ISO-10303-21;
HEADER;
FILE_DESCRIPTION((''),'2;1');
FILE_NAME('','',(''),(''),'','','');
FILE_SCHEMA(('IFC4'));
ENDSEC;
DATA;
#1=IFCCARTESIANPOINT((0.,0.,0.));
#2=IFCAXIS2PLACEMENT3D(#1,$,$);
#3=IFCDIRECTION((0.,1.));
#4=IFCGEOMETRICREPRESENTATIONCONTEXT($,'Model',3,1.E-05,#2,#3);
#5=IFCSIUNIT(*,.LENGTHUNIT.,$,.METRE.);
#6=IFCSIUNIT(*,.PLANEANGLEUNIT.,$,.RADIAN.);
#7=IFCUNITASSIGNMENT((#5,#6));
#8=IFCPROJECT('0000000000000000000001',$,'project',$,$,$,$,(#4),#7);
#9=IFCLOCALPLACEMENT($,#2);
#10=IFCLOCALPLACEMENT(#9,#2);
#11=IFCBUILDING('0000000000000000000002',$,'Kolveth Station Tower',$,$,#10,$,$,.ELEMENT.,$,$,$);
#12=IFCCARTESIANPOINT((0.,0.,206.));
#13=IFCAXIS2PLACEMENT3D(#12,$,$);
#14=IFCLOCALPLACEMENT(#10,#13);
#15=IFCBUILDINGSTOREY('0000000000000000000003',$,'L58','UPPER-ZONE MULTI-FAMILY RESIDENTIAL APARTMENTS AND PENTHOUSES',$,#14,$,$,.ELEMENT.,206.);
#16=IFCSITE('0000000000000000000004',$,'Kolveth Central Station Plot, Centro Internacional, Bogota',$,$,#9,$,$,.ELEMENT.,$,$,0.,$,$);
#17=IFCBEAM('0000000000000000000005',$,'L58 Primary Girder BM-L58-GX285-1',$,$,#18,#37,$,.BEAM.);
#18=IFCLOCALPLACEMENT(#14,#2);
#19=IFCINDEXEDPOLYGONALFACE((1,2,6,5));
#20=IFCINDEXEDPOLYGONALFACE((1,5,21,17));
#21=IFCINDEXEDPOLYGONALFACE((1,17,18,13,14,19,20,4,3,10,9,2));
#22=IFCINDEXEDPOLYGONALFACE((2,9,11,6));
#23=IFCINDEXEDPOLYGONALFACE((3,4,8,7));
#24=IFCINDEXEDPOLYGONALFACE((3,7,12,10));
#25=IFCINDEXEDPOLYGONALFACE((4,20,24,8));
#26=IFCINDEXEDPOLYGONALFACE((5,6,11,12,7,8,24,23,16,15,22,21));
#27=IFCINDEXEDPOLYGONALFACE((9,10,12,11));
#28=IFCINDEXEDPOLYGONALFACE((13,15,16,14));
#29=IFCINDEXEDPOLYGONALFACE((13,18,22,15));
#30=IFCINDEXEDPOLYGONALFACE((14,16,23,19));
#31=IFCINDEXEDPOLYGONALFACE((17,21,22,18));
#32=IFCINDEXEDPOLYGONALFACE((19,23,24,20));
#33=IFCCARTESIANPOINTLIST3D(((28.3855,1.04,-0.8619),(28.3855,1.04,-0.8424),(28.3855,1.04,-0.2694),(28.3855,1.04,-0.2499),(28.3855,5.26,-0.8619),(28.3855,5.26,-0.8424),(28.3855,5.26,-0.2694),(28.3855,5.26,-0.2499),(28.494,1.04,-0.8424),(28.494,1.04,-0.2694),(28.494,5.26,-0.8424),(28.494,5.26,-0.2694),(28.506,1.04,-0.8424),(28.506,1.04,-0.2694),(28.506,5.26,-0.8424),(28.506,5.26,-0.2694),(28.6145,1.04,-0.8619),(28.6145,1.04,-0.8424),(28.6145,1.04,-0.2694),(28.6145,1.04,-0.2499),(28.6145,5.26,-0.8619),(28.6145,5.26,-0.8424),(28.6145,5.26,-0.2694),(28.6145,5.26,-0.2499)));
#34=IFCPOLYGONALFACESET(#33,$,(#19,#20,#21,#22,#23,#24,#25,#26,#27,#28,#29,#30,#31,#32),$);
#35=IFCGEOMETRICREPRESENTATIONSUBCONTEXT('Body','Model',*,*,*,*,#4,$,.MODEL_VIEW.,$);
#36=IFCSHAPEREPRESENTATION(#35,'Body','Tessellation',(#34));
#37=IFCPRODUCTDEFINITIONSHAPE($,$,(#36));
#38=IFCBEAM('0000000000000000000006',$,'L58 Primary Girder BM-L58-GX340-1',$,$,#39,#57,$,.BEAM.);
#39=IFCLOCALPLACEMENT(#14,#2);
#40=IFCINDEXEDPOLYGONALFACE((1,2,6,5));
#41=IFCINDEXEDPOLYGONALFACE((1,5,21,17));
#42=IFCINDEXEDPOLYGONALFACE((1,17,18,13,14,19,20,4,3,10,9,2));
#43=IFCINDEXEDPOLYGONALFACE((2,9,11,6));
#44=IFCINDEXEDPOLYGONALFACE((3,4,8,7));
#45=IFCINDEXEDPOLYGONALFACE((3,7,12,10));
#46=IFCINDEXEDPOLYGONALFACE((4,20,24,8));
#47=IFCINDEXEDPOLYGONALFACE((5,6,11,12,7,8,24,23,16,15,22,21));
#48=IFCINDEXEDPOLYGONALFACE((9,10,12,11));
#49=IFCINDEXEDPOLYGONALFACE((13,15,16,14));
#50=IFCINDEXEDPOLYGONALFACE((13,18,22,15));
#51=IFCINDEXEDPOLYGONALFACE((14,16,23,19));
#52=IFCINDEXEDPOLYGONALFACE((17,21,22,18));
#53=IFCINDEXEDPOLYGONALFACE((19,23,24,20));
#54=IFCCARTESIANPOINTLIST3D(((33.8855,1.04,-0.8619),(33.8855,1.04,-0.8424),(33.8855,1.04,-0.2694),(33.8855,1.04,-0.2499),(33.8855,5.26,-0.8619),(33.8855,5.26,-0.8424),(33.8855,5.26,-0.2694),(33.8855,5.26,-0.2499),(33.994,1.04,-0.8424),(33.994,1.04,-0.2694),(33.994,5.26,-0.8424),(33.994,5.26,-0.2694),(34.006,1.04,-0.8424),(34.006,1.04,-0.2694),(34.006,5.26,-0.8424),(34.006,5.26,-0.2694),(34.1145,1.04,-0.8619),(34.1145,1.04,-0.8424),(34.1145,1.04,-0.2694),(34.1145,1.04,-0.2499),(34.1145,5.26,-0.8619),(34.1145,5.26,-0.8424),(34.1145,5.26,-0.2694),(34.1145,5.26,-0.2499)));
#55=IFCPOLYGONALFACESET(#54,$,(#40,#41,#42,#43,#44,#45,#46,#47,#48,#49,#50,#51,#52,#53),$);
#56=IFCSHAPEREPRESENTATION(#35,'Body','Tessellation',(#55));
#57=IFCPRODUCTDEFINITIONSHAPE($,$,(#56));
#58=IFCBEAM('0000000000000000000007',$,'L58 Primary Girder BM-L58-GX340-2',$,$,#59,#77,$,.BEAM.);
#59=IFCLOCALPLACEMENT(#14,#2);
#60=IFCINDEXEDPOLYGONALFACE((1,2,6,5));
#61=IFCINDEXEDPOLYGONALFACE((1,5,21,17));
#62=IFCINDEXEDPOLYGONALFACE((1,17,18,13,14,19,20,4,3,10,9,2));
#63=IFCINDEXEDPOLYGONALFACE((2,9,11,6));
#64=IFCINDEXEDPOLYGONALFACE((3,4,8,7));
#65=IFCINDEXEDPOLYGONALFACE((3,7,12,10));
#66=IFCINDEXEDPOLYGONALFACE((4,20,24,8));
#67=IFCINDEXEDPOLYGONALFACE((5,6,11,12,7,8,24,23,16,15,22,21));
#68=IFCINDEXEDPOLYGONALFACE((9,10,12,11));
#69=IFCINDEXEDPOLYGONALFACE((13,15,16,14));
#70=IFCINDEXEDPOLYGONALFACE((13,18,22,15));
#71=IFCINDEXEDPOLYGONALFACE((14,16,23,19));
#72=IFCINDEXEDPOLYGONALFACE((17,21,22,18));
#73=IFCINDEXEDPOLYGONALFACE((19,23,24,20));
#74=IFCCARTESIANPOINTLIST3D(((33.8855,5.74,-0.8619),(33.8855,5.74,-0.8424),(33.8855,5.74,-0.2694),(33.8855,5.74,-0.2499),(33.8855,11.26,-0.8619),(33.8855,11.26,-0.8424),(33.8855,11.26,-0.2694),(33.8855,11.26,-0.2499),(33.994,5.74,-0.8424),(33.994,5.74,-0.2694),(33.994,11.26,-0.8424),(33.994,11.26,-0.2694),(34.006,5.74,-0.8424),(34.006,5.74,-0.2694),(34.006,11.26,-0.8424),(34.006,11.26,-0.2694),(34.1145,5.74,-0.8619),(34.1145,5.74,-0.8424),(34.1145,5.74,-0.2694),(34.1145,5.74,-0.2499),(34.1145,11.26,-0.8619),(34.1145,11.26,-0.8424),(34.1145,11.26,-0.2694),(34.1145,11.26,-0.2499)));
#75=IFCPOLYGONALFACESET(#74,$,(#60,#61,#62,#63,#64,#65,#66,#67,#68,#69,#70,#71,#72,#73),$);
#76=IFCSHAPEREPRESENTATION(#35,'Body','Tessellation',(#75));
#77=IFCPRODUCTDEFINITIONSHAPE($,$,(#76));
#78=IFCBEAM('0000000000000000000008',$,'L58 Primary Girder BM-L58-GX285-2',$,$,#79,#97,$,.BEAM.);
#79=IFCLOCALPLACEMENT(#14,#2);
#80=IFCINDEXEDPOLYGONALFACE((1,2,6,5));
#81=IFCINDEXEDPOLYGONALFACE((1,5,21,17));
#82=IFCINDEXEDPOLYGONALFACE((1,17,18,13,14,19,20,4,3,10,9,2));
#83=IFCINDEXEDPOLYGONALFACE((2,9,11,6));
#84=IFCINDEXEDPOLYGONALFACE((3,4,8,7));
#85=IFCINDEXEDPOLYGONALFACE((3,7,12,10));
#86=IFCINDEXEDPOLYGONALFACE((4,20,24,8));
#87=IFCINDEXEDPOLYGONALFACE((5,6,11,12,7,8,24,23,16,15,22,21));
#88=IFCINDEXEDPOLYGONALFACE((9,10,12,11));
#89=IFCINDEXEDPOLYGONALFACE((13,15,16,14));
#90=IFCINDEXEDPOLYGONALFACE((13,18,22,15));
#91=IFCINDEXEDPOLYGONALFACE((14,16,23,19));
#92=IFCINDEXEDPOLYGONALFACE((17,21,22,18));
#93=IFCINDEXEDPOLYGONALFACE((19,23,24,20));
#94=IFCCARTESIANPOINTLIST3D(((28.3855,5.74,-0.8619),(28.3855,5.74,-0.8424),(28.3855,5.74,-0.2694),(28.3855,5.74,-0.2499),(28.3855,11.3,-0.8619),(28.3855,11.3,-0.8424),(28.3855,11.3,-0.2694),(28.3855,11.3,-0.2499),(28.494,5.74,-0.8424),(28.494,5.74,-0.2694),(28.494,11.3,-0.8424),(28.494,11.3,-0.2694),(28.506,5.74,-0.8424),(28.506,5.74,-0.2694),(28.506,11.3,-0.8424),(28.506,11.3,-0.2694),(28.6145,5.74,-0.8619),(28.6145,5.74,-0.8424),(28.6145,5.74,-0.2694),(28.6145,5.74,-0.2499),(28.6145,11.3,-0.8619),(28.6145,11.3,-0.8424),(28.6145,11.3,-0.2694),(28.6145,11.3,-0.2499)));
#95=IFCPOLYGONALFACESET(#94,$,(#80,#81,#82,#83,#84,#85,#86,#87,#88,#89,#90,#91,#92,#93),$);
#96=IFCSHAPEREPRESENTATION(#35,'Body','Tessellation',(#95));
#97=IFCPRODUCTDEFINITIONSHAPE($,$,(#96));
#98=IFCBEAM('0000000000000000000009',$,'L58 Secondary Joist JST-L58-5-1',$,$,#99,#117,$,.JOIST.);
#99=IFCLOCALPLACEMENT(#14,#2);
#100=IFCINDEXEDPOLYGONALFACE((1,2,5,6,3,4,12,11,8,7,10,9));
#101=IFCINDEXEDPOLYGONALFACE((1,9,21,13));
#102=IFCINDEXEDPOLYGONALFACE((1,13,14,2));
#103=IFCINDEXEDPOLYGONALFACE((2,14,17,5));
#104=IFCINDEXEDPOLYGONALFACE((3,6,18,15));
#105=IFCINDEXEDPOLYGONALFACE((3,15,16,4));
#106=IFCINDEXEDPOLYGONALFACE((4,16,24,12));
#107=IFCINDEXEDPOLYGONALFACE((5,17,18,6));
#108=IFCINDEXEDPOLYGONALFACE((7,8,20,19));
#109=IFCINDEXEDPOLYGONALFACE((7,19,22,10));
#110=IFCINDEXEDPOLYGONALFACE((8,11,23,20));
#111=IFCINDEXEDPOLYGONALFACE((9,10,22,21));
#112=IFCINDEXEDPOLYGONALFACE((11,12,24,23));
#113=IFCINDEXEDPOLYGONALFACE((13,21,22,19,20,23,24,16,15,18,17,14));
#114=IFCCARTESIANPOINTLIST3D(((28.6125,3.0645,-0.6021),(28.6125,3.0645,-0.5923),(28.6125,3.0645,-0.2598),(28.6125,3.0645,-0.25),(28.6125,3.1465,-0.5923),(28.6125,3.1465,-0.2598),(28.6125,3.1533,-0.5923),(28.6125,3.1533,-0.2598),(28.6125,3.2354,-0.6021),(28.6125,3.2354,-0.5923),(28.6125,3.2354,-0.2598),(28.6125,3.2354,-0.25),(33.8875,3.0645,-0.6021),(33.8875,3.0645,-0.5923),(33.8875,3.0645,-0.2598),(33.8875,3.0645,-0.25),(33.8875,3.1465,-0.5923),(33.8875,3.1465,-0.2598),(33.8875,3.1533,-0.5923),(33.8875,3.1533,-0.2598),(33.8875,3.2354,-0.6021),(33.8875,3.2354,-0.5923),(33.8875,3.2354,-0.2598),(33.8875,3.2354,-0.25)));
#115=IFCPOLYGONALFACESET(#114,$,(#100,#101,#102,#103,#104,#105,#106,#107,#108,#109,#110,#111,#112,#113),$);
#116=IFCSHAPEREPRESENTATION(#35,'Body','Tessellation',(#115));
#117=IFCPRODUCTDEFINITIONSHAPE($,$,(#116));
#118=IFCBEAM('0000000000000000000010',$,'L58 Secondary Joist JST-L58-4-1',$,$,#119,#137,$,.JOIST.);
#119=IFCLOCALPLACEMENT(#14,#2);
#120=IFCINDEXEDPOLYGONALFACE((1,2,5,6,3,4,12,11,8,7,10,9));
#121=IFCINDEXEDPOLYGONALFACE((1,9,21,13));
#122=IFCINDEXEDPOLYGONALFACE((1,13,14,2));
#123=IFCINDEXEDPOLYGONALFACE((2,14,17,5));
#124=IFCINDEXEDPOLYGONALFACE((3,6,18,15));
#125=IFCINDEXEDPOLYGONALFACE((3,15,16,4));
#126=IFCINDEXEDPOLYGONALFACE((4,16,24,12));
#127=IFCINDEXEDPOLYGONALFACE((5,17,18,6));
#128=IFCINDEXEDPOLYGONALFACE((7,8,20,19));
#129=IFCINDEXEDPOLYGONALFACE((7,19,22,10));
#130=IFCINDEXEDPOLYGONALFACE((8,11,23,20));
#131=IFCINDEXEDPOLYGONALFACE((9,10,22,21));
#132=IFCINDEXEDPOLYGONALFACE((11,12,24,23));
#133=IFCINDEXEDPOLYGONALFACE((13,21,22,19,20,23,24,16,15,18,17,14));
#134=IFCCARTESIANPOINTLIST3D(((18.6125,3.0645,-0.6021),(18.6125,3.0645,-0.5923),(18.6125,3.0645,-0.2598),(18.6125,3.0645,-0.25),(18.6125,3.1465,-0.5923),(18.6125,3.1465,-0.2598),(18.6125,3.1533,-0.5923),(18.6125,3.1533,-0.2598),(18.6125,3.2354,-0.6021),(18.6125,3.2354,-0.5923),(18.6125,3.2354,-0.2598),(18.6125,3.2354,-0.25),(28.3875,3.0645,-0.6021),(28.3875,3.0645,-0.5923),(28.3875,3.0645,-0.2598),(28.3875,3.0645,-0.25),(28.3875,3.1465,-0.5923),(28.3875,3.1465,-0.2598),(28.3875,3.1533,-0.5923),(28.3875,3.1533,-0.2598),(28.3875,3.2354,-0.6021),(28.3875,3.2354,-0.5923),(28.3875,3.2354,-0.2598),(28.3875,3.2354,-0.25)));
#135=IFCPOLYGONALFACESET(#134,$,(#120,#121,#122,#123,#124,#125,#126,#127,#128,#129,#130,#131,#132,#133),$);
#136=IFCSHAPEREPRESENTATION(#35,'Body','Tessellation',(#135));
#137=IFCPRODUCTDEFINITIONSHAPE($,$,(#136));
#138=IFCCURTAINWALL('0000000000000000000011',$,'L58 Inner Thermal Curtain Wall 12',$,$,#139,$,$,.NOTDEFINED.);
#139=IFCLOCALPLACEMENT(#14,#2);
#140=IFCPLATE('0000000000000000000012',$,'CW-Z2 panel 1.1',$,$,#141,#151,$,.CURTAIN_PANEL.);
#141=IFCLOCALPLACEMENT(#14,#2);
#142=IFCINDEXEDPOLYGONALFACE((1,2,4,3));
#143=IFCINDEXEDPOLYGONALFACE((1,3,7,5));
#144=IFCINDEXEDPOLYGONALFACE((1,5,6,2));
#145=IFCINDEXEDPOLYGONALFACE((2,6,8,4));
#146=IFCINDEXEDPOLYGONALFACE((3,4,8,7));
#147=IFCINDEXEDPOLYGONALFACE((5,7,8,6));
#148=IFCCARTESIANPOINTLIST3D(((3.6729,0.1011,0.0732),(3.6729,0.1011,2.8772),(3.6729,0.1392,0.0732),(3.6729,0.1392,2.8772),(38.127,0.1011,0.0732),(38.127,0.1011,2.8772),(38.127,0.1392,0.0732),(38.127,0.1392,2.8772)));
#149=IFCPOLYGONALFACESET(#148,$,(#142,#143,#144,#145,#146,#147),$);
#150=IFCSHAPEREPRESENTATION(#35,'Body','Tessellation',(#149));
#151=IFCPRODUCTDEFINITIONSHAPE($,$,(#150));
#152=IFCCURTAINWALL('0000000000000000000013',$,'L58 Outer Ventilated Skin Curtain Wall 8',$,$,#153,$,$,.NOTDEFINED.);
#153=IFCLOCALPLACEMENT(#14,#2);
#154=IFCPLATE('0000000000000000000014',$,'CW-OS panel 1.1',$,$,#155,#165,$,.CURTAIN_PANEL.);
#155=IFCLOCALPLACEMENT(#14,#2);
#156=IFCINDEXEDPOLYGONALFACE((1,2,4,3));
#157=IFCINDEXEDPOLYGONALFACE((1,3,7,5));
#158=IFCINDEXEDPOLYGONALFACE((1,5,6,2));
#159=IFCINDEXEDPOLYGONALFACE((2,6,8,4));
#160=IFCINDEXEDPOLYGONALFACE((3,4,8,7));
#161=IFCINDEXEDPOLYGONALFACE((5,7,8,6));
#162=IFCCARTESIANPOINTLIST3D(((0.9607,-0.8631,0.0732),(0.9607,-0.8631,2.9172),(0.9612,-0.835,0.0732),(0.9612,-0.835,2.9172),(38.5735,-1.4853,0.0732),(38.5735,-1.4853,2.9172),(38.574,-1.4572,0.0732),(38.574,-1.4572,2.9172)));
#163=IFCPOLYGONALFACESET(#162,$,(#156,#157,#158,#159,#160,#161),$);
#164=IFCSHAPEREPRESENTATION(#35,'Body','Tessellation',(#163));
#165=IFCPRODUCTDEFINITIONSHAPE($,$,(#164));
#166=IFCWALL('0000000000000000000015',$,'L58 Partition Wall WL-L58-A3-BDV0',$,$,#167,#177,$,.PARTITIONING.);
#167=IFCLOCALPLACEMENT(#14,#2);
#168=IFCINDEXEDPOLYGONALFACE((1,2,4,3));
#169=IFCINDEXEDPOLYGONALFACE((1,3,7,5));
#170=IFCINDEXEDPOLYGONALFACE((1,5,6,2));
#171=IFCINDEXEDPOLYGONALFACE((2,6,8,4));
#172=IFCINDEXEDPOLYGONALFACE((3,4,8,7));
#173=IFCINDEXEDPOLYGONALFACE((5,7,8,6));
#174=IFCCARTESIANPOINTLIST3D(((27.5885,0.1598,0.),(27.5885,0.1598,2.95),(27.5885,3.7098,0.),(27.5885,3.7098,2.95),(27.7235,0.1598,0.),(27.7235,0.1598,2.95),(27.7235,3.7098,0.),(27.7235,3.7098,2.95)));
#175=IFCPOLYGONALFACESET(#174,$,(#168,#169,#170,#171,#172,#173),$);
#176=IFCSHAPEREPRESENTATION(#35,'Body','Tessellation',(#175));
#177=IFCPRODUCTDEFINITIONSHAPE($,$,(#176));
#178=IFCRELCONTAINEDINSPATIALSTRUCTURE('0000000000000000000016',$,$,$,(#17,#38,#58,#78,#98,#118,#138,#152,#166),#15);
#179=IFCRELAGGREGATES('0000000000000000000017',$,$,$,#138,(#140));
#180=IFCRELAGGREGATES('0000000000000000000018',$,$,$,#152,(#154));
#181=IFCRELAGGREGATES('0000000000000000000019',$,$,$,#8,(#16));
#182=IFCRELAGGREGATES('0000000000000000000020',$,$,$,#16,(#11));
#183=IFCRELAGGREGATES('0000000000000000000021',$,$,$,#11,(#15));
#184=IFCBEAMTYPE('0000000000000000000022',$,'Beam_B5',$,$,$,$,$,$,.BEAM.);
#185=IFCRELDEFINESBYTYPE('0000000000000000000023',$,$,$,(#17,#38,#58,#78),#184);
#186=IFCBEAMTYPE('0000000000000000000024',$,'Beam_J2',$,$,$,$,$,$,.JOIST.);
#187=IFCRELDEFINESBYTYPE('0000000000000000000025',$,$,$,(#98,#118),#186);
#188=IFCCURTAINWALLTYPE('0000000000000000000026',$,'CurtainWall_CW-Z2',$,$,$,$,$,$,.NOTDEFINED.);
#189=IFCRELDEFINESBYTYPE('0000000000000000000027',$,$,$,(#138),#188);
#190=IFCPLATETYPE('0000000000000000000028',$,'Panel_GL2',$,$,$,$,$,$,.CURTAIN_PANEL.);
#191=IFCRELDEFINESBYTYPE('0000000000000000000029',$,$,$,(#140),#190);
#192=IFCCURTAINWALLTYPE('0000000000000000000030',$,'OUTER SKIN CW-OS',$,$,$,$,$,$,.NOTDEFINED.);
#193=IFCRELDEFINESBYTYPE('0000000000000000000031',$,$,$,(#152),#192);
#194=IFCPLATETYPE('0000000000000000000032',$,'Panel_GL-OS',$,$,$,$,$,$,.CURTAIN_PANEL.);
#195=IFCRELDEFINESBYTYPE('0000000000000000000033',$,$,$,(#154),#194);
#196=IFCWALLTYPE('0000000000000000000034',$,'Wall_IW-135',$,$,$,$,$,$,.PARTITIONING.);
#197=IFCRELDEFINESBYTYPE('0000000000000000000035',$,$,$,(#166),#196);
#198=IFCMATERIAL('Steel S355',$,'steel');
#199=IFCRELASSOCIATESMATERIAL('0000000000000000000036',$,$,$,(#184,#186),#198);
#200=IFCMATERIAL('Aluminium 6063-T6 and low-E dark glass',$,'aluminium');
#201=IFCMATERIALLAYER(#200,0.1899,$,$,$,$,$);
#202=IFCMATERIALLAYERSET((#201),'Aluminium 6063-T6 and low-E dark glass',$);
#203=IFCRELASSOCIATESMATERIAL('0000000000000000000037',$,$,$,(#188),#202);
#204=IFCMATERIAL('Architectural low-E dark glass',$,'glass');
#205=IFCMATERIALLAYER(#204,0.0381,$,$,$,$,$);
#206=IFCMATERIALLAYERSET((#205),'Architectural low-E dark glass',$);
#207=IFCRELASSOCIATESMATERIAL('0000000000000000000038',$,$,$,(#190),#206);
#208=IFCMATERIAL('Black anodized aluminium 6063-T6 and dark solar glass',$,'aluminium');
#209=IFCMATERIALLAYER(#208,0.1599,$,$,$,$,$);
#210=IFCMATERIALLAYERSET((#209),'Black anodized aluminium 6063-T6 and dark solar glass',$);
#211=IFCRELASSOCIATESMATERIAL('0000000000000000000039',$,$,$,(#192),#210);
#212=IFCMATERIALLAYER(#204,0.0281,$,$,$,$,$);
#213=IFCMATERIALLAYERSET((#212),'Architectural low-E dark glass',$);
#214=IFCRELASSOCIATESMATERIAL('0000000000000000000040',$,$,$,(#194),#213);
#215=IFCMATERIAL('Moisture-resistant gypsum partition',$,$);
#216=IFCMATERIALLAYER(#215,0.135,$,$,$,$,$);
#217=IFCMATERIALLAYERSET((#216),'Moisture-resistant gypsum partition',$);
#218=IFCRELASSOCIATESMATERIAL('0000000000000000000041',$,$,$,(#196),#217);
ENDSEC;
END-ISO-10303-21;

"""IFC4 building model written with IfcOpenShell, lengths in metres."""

from ifc_helpers import new_model, si_unit, direction, frame, frame_2d, origin, origin_2d, place, context, subcontext, project, spatial, rectangle, i_section, extrude, source, transform, mapped, material, layer, layer_set, material_profile, profile_set, type_object, element, aggregate, save


model = new_model("IFC4")

# Units and contexts
model_context = context("Model", 3, precision=1e-05, world=origin(), true_north=direction((0.0, 1.0)))
body_context = subcontext(model_context, "Body", "Model", "MODEL_VIEW")
ifc_project = project(units=[si_unit("LENGTHUNIT", "METRE"), si_unit("PLANEANGLEUNIT", "RADIAN")], contexts=[model_context])

# Site, building, storey
site_placement = place(None, origin())
site = spatial("IfcSite", under=ifc_project, at=site_placement, Name="Kolveth Central Station Plot, Centro Internacional, Bogota", CompositionType="ELEMENT", RefElevation=0.0)
building_placement = place(site_placement, origin())
building = spatial("IfcBuilding", under=site, at=building_placement, Name="Kolveth Station Tower", CompositionType="ELEMENT")
storey_placement = place(building_placement, frame((0.0, 0.0, 206.0)))
storey = spatial("IfcBuildingStorey", under=building, at=storey_placement, Name="L58", Description="UPPER-ZONE MULTI-FAMILY RESIDENTIAL APARTMENTS AND PENTHOUSES", CompositionType="ELEMENT", Elevation=206.0)

# Shared definitions
ifc_material_1 = material(Name="Steel S355", Category="steel")

# Beams
ifc_material_profile_1 = material_profile(ifc_material_1, i_section(OverallWidth=0.229, OverallDepth=0.6121, WebThickness=0.012, FlangeThickness=0.0195, at=origin_2d()), Name="W610x125")
ifc_profile_set_1 = profile_set([ifc_material_profile_1], Name="Steel S355")
beam_type_1 = type_object("IfcBeamType", Name="Beam_B5", PredefinedType="BEAM", material=ifc_profile_set_1)
shared_shape_1 = source(origin(), body_context, "Body", "SweptSolid", [
    extrude(i_section(OverallWidth=0.229, OverallDepth=0.6121, WebThickness=0.012, FlangeThickness=0.0195, at=origin_2d()), origin(), (0.0, 0.0, 1.0), 4.22),
])
for number, where, z_axis, x_axis, name in (
    (1, (28.5, 1.04, -0.5559), (0.0, 1.0, 0.0), (-1.0, 0.0, 0.0), "L58 Primary Girder BM-L58-GX285-1"),
    (2, (34.0, 1.04, -0.5559), (0.0, 1.0, 0.0), (-1.0, 0.0, 0.0), "L58 Primary Girder BM-L58-GX340-1"),
):
    element("IfcBeam", number, at=place(storey_placement, frame(where, z_axis=z_axis, x_axis=x_axis)), inside=storey, type_object=beam_type_1, Name=name, PredefinedType="BEAM", context=body_context, shape_type="MappedRepresentation", body=[
        mapped(shared_shape_1, transform((0.0, 0.0, 0.0), x_axis=(1.0, 0.0, 0.0), y_axis=(0.0, 1.0, 0.0), z_axis=(0.0, 0.0, 1.0), scale=1.0)),
    ])
shared_shape_2 = source(origin(), body_context, "Body", "SweptSolid", [
    extrude(i_section(OverallWidth=0.229, OverallDepth=0.6121, WebThickness=0.012, FlangeThickness=0.0195, at=origin_2d()), origin(), (0.0, 0.0, 1.0), 5.52),
])
beam_1_placement = place(storey_placement, frame((34.0, 5.74, -0.5559), z_axis=(0.0, 1.0, 0.0), x_axis=(-1.0, 0.0, 0.0)))
element("IfcBeam", 3, at=beam_1_placement, inside=storey, type_object=beam_type_1, Name="L58 Primary Girder BM-L58-GX340-2", PredefinedType="BEAM", context=body_context, shape_type="MappedRepresentation", body=[
    mapped(shared_shape_2, transform((0.0, 0.0, 0.0), x_axis=(1.0, 0.0, 0.0), y_axis=(0.0, 1.0, 0.0), z_axis=(0.0, 0.0, 1.0), scale=1.0)),
])
shared_shape_3 = source(origin(), body_context, "Body", "SweptSolid", [
    extrude(i_section(OverallWidth=0.229, OverallDepth=0.6121, WebThickness=0.012, FlangeThickness=0.0195, at=origin_2d()), origin(), (0.0, 0.0, 1.0), 5.5601),
])
beam_2_placement = place(storey_placement, frame((28.5, 5.74, -0.5559), z_axis=(0.0, 1.0, 0.0), x_axis=(-1.0, 0.0, 0.0)))
element("IfcBeam", 4, at=beam_2_placement, inside=storey, type_object=beam_type_1, Name="L58 Primary Girder BM-L58-GX285-2", PredefinedType="BEAM", context=body_context, shape_type="MappedRepresentation", body=[
    mapped(shared_shape_3, transform((0.0, 0.0, 0.0), x_axis=(1.0, 0.0, 0.0), y_axis=(0.0, 1.0, 0.0), z_axis=(0.0, 0.0, 1.0), scale=1.0)),
])
ifc_material_profile_2 = material_profile(ifc_material_1, i_section(OverallWidth=0.1709, OverallDepth=0.3521, WebThickness=0.0068, FlangeThickness=0.0098, at=origin_2d()), Name="W360x44")
ifc_profile_set_2 = profile_set([ifc_material_profile_2], Name="Steel S355")
beam_type_2 = type_object("IfcBeamType", Name="Beam_J2", PredefinedType="JOIST", material=ifc_profile_set_2)
shared_shape_4 = source(origin(), body_context, "Body", "SweptSolid", [
    extrude(i_section(OverallWidth=0.1709, OverallDepth=0.3521, WebThickness=0.0068, FlangeThickness=0.0098, at=origin_2d()), origin(), (0.0, 0.0, 1.0), 5.2749),
])
beam_3_placement = place(storey_placement, frame((28.6125, 3.1499, -0.426), z_axis=(1.0, 0.0, 0.0), x_axis=(0.0, 1.0, 0.0)))
element("IfcBeam", 5, at=beam_3_placement, inside=storey, type_object=beam_type_2, Name="L58 Secondary Joist JST-L58-5-1", PredefinedType="JOIST", context=body_context, shape_type="MappedRepresentation", body=[
    mapped(shared_shape_4, transform((0.0, 0.0, 0.0), x_axis=(1.0, 0.0, 0.0), y_axis=(0.0, 1.0, 0.0), z_axis=(0.0, 0.0, 1.0), scale=1.0)),
])
shared_shape_5 = source(origin(), body_context, "Body", "SweptSolid", [
    extrude(i_section(OverallWidth=0.1709, OverallDepth=0.3521, WebThickness=0.0068, FlangeThickness=0.0098, at=origin_2d()), origin(), (0.0, 0.0, 1.0), 9.7749),
])
beam_4_placement = place(storey_placement, frame((18.6125, 3.1499, -0.426), z_axis=(1.0, 0.0, 0.0), x_axis=(0.0, 1.0, 0.0)))
element("IfcBeam", 6, at=beam_4_placement, inside=storey, type_object=beam_type_2, Name="L58 Secondary Joist JST-L58-4-1", PredefinedType="JOIST", context=body_context, shape_type="MappedRepresentation", body=[
    mapped(shared_shape_5, transform((0.0, 0.0, 0.0), x_axis=(1.0, 0.0, 0.0), y_axis=(0.0, 1.0, 0.0), z_axis=(0.0, 0.0, 1.0), scale=1.0)),
])

# Curtain walls, plates
ifc_material_2 = material(Name="Aluminium 6063-T6 and low-E dark glass", Category="aluminium")
ifc_layer_1 = layer(ifc_material_2, 0.1899)
ifc_layer_set_1 = layer_set([ifc_layer_1], Name="Aluminium 6063-T6 and low-E dark glass")
curtain_wall_type_1 = type_object("IfcCurtainWallType", Name="CurtainWall_CW-Z2", PredefinedType="NOTDEFINED", material=ifc_layer_set_1)
curtain_wall_1_placement = place(storey_placement, origin())
curtain_wall_1 = element("IfcCurtainWall", 7, at=curtain_wall_1_placement, inside=storey, type_object=curtain_wall_type_1, Name="L58 Inner Thermal Curtain Wall 12", PredefinedType="NOTDEFINED")
ifc_material_3 = material(Name="Architectural low-E dark glass", Category="glass")
ifc_layer_2 = layer(ifc_material_3, 0.0381)
ifc_layer_set_2 = layer_set([ifc_layer_2], Name="Architectural low-E dark glass")
plate_type_1 = type_object("IfcPlateType", Name="Panel_GL2", PredefinedType="CURTAIN_PANEL", material=ifc_layer_set_2)
shared_shape_6 = source(origin(), body_context, "Body", "SweptSolid", [
    extrude(rectangle(XDim=34.4541, YDim=0.0381, at=origin_2d()), origin(), (0.0, 0.0, 1.0), 2.804),
])
plate_1_placement = place(storey_placement, frame((20.8999, 0.1201, 0.0732), z_axis=(0.0, 0.0, 1.0), x_axis=(1.0, 0.0, 0.0)))
plate_1 = element("IfcPlate", 8, at=plate_1_placement, type_object=plate_type_1, Name="CW-Z2 panel 1.1", PredefinedType="CURTAIN_PANEL", context=body_context, shape_type="MappedRepresentation", body=[
    mapped(shared_shape_6, transform((0.0, 0.0, 0.0), x_axis=(1.0, 0.0, 0.0), y_axis=(0.0, 1.0, 0.0), z_axis=(0.0, 0.0, 1.0), scale=1.0)),
])
aggregate(curtain_wall_1, [plate_1])
ifc_material_4 = material(Name="Black anodized aluminium 6063-T6 and dark solar glass", Category="aluminium")
ifc_layer_3 = layer(ifc_material_4, 0.1599)
ifc_layer_set_3 = layer_set([ifc_layer_3], Name="Black anodized aluminium 6063-T6 and dark solar glass")
curtain_wall_type_2 = type_object("IfcCurtainWallType", Name="OUTER SKIN CW-OS", PredefinedType="NOTDEFINED", material=ifc_layer_set_3)
curtain_wall_2_placement = place(storey_placement, origin())
curtain_wall_2 = element("IfcCurtainWall", 9, at=curtain_wall_2_placement, inside=storey, type_object=curtain_wall_type_2, Name="L58 Outer Ventilated Skin Curtain Wall 8", PredefinedType="NOTDEFINED")
ifc_layer_4 = layer(ifc_material_3, 0.0281)
ifc_layer_set_4 = layer_set([ifc_layer_4], Name="Architectural low-E dark glass")
plate_type_2 = type_object("IfcPlateType", Name="Panel_GL-OS", PredefinedType="CURTAIN_PANEL", material=ifc_layer_set_4)
shared_shape_7 = source(origin(), body_context, "Body", "SweptSolid", [
    extrude(rectangle(XDim=37.6179, YDim=0.0281, at=origin_2d()), origin(), (0.0, 0.0, 1.0), 2.844),
])
plate_2_placement = place(storey_placement, frame((19.7673, -1.1602, 0.0732), z_axis=(0.0, 0.0, 1.0), x_axis=(0.999863, -0.016541, 0.0)))
plate_2 = element("IfcPlate", 10, at=plate_2_placement, type_object=plate_type_2, Name="CW-OS panel 1.1", PredefinedType="CURTAIN_PANEL", context=body_context, shape_type="MappedRepresentation", body=[
    mapped(shared_shape_7, transform((0.0, 0.0, 0.0), x_axis=(1.0, 0.0, 0.0), y_axis=(0.0, 1.0, 0.0), z_axis=(0.0, 0.0, 1.0), scale=1.0)),
])
aggregate(curtain_wall_2, [plate_2])

# Shared definitions
ifc_material_5 = material(Name="Moisture-resistant gypsum partition")
ifc_layer_5 = layer(ifc_material_5, 0.135)
ifc_layer_set_5 = layer_set([ifc_layer_5], Name="Moisture-resistant gypsum partition")
wall_type_1 = type_object("IfcWallType", Name="Wall_IW-135", PredefinedType="PARTITIONING", material=ifc_layer_set_5)

# Wall
wall_1_placement = place(storey_placement, frame((27.656, 0.1599, 0.0), z_axis=(0.0, 0.0, 1.0), x_axis=(0.0, 1.0, 0.0)))
element("IfcWall", 11, at=wall_1_placement, inside=storey, type_object=wall_type_1, Name="L58 Partition Wall WL-L58-A3-BDV0", PredefinedType="PARTITIONING", context=body_context, shape_type="SweptSolid", body=[
    extrude(rectangle(XDim=3.55, YDim=0.135, at=frame_2d((1.7749, 0.0))), origin(), (0.0, 0.0, 1.0), 2.95),
])

save(model, "model.ifc")
